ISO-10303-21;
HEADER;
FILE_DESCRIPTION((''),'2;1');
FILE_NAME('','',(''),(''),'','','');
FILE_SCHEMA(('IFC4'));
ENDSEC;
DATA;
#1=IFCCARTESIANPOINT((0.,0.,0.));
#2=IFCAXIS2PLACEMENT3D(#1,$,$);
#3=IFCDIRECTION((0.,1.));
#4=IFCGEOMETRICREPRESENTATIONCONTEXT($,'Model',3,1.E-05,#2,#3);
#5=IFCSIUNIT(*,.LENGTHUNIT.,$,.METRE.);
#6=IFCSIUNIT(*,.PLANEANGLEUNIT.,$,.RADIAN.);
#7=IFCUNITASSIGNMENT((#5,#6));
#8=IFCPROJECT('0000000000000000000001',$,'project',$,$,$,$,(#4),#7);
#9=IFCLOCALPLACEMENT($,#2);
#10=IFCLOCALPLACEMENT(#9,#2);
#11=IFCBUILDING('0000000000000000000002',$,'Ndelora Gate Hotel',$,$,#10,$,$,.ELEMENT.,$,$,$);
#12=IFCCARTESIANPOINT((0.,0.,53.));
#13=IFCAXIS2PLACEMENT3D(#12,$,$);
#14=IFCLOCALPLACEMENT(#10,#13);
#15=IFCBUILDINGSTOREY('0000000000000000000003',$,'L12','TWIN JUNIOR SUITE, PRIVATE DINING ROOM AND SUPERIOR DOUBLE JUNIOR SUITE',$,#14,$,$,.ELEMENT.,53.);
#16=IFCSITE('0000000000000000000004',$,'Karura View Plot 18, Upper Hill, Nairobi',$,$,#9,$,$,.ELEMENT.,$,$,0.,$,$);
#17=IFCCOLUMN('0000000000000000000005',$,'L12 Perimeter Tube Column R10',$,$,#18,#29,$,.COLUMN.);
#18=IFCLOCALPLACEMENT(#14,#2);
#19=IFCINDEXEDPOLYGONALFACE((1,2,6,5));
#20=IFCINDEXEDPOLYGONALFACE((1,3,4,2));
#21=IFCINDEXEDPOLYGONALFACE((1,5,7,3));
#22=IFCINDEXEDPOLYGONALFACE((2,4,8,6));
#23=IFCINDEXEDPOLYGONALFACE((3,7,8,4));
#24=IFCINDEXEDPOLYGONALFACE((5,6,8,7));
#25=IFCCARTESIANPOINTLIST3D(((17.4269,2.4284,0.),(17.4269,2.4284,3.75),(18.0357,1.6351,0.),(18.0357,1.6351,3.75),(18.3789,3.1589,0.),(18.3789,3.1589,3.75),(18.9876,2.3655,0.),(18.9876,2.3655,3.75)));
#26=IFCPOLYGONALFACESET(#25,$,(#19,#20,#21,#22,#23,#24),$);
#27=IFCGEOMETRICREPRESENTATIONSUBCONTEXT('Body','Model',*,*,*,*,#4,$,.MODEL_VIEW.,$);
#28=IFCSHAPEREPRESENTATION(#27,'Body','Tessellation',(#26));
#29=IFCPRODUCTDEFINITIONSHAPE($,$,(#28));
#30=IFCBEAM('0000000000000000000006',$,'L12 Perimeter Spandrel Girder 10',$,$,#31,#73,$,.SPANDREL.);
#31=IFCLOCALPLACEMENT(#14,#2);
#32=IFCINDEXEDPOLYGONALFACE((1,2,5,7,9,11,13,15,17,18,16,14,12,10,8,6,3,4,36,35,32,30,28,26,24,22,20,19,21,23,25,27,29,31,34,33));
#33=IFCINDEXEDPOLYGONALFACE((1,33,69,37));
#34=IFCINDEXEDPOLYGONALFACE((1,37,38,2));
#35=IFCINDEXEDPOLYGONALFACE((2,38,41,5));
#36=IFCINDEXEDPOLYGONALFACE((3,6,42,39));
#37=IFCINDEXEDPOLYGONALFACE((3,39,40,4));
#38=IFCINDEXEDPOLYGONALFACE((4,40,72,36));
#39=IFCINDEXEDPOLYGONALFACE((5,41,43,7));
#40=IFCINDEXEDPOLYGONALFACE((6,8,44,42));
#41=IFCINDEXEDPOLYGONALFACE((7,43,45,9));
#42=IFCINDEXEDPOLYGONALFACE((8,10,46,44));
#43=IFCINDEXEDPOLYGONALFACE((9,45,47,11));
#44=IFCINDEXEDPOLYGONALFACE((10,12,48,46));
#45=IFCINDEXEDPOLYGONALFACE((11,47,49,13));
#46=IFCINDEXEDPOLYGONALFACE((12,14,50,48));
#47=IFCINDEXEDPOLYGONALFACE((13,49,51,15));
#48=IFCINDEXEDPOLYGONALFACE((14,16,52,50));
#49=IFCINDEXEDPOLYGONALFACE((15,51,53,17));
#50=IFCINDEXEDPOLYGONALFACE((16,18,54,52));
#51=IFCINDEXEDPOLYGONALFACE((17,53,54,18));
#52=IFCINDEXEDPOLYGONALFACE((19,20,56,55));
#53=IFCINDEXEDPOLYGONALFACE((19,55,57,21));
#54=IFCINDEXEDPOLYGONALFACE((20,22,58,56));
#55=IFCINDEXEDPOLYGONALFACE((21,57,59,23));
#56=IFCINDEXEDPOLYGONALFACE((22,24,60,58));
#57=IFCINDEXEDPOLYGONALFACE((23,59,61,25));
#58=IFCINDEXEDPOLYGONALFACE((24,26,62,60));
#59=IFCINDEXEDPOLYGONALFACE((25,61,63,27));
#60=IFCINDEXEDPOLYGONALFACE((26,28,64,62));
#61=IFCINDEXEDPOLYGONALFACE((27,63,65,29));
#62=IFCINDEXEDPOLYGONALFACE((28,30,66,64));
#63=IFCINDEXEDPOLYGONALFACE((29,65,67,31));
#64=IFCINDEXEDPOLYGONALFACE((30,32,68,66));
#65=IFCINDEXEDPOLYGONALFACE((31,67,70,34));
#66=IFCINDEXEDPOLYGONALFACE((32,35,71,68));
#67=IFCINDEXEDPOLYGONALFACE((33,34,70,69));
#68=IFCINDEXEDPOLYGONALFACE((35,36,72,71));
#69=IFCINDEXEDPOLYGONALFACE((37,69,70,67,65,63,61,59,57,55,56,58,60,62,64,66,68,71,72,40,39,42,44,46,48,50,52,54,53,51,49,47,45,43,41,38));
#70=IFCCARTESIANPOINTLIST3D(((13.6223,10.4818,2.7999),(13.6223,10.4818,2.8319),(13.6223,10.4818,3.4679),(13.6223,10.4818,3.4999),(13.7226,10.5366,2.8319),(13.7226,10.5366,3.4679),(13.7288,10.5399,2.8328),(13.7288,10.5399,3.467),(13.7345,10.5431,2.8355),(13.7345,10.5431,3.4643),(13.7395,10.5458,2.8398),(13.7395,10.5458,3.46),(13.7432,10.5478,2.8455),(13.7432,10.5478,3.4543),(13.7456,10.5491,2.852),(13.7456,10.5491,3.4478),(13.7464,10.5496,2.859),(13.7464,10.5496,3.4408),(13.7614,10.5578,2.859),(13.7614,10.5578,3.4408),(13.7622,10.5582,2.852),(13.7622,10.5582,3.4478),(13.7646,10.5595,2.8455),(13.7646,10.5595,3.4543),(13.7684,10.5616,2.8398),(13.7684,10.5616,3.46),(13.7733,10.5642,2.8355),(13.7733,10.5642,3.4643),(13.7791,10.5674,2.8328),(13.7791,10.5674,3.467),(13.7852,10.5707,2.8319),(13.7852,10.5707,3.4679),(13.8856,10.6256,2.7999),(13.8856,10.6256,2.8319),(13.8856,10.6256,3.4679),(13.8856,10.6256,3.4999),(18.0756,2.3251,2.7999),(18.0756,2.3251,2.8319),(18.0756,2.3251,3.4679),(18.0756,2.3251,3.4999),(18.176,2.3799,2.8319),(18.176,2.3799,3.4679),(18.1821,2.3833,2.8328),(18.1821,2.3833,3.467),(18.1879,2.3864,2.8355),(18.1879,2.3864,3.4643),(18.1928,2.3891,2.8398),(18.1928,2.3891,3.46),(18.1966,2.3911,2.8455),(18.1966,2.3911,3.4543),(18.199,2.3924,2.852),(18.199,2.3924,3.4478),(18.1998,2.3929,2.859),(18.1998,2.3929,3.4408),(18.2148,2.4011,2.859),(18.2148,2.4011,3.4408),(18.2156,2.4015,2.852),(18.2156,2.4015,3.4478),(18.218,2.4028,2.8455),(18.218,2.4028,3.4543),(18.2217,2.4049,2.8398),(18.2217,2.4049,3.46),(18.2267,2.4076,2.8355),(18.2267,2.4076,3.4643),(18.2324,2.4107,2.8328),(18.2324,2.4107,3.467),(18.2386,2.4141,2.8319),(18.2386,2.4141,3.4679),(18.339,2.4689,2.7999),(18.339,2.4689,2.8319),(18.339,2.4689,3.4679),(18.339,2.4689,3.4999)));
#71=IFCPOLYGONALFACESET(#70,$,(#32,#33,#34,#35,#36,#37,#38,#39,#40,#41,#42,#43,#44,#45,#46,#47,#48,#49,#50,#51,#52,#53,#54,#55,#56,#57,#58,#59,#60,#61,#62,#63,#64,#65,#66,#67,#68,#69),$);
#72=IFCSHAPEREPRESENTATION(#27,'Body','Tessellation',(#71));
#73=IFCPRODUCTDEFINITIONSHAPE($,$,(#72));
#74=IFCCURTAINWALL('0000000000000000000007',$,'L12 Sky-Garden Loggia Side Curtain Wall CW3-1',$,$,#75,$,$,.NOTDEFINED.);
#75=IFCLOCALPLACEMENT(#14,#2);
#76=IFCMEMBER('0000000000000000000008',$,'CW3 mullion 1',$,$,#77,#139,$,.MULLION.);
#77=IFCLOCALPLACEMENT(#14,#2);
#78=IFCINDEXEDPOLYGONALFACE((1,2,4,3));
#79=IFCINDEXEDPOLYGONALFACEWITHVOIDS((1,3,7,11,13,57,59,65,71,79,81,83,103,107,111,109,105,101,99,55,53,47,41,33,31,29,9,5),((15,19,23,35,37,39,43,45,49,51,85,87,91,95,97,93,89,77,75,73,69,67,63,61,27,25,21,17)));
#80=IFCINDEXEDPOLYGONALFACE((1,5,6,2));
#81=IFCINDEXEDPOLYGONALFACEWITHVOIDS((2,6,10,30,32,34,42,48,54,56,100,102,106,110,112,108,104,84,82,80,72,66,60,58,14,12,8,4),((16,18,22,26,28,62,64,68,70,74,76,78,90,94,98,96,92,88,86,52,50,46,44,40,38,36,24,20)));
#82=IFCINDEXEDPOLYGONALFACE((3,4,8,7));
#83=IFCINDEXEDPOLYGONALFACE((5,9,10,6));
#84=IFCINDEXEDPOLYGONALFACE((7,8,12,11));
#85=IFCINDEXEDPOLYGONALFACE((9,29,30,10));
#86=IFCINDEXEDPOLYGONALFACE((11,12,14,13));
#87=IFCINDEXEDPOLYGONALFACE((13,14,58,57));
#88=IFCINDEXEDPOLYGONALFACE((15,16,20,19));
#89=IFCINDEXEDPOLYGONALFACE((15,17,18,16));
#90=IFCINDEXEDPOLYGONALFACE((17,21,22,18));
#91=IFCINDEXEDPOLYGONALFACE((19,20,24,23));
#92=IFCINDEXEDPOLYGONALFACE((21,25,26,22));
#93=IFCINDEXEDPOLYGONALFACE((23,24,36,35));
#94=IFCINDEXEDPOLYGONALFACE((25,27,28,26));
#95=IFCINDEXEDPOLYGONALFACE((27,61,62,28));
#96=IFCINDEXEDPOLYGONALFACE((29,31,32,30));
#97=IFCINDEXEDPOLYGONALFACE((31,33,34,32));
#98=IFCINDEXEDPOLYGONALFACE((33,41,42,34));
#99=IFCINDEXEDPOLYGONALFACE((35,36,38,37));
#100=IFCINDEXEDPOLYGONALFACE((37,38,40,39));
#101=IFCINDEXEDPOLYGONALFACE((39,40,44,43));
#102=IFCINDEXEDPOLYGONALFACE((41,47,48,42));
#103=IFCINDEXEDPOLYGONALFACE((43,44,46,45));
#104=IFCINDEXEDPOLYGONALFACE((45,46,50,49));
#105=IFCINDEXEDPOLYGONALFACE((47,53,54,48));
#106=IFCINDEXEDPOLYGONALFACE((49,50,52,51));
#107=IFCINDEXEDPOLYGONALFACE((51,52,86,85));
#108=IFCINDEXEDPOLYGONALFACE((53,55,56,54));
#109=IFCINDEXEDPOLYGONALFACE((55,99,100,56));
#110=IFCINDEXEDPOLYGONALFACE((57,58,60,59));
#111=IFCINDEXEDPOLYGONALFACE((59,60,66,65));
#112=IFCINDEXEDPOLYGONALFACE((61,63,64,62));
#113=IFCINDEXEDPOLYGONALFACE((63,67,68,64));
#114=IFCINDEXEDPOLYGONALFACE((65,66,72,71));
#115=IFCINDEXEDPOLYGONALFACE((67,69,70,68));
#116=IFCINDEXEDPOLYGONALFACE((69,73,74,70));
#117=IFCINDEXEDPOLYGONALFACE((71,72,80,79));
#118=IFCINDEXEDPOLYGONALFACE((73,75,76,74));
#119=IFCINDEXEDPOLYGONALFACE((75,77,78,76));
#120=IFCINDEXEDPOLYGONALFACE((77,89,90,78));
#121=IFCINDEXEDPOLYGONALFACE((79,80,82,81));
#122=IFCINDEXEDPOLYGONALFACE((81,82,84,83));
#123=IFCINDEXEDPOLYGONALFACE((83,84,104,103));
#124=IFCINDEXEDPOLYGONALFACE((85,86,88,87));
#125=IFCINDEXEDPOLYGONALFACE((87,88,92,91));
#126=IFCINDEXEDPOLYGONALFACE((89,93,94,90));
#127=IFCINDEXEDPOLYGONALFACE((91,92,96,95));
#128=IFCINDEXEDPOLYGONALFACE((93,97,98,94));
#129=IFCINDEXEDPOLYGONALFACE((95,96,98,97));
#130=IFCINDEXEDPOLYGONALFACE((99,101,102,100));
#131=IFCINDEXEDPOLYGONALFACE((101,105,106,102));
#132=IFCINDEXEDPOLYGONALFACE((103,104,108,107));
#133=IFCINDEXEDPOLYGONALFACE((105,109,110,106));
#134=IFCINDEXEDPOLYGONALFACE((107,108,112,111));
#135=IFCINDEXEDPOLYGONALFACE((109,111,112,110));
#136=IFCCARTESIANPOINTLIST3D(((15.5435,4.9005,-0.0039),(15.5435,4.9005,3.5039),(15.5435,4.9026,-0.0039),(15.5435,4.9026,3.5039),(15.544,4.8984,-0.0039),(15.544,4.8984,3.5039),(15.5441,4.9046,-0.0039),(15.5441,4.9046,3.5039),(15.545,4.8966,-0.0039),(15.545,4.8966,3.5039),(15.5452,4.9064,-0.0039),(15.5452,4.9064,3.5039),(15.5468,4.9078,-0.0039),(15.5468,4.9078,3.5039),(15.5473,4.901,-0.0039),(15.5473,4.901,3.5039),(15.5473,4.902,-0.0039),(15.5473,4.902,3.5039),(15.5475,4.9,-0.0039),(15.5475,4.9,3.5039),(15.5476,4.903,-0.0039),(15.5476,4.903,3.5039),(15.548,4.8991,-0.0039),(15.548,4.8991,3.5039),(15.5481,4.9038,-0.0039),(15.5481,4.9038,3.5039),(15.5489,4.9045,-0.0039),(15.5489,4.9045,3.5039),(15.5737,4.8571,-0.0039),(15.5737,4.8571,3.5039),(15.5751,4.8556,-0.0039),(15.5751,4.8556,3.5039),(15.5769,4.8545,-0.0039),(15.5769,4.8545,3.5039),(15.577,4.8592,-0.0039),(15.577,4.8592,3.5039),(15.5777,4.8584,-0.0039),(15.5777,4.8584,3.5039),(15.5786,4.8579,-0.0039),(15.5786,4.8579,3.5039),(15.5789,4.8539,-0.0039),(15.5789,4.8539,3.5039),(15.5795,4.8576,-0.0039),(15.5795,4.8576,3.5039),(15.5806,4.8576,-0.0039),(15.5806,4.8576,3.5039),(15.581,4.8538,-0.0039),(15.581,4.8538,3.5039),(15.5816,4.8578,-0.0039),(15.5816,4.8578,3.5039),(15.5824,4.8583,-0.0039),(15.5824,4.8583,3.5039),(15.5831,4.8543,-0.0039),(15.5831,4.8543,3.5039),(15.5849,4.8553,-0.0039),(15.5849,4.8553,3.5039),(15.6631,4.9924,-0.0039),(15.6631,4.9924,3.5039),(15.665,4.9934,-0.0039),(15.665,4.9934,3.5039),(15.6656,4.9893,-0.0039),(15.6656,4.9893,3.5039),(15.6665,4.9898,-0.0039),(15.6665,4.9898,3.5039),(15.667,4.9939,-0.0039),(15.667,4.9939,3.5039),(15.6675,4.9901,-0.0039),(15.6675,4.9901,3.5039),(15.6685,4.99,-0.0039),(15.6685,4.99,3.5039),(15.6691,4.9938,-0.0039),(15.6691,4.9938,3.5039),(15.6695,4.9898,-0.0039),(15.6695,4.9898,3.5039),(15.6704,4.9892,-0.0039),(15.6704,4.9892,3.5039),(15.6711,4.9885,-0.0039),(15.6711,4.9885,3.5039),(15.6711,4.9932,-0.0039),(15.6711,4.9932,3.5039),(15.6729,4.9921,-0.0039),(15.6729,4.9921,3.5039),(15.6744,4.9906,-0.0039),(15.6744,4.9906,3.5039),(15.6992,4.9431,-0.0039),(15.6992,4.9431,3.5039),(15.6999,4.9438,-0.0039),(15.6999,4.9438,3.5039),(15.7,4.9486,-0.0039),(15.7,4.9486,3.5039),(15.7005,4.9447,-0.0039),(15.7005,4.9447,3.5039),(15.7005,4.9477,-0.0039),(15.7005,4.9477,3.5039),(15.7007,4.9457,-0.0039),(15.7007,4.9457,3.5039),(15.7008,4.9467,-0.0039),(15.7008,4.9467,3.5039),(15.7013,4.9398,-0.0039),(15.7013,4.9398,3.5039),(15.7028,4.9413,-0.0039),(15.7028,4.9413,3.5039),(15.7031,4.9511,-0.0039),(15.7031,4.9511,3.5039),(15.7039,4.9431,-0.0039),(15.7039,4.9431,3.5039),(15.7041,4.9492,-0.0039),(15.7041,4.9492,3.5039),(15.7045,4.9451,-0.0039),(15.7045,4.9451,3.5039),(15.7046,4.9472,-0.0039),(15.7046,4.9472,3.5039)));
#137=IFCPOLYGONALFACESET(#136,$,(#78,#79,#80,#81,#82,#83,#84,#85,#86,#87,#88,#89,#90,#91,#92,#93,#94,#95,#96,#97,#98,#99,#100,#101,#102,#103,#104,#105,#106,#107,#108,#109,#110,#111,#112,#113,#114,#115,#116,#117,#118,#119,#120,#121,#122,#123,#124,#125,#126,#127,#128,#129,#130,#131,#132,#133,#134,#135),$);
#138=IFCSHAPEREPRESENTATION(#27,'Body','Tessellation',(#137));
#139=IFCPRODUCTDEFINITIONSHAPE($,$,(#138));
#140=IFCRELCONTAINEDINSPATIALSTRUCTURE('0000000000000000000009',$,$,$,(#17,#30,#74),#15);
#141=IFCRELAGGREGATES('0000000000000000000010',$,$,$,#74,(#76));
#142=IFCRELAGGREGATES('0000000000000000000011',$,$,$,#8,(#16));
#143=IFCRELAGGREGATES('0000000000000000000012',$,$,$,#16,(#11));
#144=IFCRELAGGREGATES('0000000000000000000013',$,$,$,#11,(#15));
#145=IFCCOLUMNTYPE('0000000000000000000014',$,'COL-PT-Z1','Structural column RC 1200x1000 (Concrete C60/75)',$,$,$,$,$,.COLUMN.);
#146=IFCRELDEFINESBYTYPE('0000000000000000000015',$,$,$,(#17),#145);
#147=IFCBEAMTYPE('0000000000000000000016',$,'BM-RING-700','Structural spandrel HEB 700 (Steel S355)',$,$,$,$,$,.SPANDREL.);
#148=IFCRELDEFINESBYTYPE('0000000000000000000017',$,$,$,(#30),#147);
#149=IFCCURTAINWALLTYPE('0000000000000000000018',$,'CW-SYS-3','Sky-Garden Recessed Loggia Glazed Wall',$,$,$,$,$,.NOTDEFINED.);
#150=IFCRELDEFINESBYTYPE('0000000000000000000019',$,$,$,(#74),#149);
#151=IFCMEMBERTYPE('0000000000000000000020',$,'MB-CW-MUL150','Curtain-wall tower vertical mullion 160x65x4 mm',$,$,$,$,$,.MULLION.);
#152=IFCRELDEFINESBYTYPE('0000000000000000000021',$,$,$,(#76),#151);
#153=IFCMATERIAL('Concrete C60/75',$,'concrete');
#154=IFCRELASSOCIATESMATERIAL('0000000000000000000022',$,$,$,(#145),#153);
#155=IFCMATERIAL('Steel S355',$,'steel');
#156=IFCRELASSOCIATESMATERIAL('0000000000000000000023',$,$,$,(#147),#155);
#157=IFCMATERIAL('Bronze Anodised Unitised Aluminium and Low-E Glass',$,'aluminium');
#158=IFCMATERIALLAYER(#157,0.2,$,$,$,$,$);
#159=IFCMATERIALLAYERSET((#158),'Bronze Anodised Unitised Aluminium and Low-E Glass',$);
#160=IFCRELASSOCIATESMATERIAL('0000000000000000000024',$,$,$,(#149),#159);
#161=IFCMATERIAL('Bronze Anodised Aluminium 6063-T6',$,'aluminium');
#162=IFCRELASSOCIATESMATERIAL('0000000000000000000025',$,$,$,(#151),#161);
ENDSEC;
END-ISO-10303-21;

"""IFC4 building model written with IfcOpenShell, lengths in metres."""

from ifc_helpers import new_model, si_unit, direction, frame, origin, origin_2d, place, context, subcontext, project, spatial, rectangle, hollow_rectangle, i_section, extrude, material, layer, layer_set, material_profile, profile_set, type_object, element, aggregate, save


model = new_model("IFC4")

# Units and contexts
model_context = context("Model", 3, precision=1e-05, world=origin(), true_north=direction((0.0, 1.0)))
body_context = subcontext(model_context, "Body", "Model", "MODEL_VIEW")
ifc_project = project(units=[si_unit("LENGTHUNIT", "METRE"), si_unit("PLANEANGLEUNIT", "RADIAN")], contexts=[model_context])

# Site, building, storey
site_placement = place(None, origin())
site = spatial("IfcSite", under=ifc_project, at=site_placement, Name="Karura View Plot 18, Upper Hill, Nairobi", CompositionType="ELEMENT", RefElevation=0.0)
building_placement = place(site_placement, origin())
building = spatial("IfcBuilding", under=site, at=building_placement, Name="Ndelora Gate Hotel", CompositionType="ELEMENT")
storey_placement = place(building_placement, frame((0.0, 0.0, 53.0)))
storey = spatial("IfcBuildingStorey", under=building, at=storey_placement, Name="L12", Description="TWIN JUNIOR SUITE, PRIVATE DINING ROOM AND SUPERIOR DOUBLE JUNIOR SUITE", CompositionType="ELEMENT", Elevation=53.0)

# Column
ifc_material_1 = material(Name="Concrete C60/75", Category="concrete")
ifc_material_profile_1 = material_profile(ifc_material_1, rectangle(XDim=1.0, YDim=1.2, at=origin_2d()), Name="RC 1200x1000")
ifc_profile_set_1 = profile_set([ifc_material_profile_1], Name="Concrete C60/75")
column_type = type_object("IfcColumnType", Name="COL-PT-Z1", Description="Structural column RC 1200x1000 (Concrete C60/75)", PredefinedType="COLUMN", material=ifc_profile_set_1)
column_placement = place(storey_placement, frame((18.2073, 2.397, 0.0), z_axis=(0.0, 0.0, 1.0), x_axis=(-0.608761, 0.793353, 0.0)))
element("IfcColumn", 1, at=column_placement, inside=storey, type_object=column_type, Name="L12 Perimeter Tube Column R10", PredefinedType="COLUMN", context=body_context, shape_type="SweptSolid", body=[
    extrude(rectangle(XDim=1.0, YDim=1.2, at=origin_2d()), origin(), (0.0, 0.0, 1.0), 3.75),
])

# Beam
ifc_material_2 = material(Name="Steel S355", Category="steel")
ifc_material_profile_2 = material_profile(ifc_material_2, i_section(OverallWidth=0.3, OverallDepth=0.7, WebThickness=0.0171, FlangeThickness=0.032, FilletRadius=0.0271, at=origin_2d()), Name="HEB 700")
ifc_profile_set_2 = profile_set([ifc_material_profile_2], Name="Steel S355")
beam_type = type_object("IfcBeamType", Name="BM-RING-700", Description="Structural spandrel HEB 700 (Steel S355)", PredefinedType="SPANDREL", material=ifc_profile_set_2)
beam_placement = place(storey_placement, frame((18.2073, 2.397, 3.1499), z_axis=(-0.479204, 0.877704, 0.0), x_axis=(-0.877704, -0.479204, 0.0)))
element("IfcBeam", 2, at=beam_placement, inside=storey, type_object=beam_type, Name="L12 Perimeter Spandrel Girder 10", PredefinedType="SPANDREL", context=body_context, shape_type="SweptSolid", body=[
    extrude(i_section(OverallWidth=0.3, OverallDepth=0.7, WebThickness=0.0171, FlangeThickness=0.032, FilletRadius=0.0271, at=origin_2d()), origin(), (0.0, 0.0, 1.0), 9.2932),
])

# Curtain wall, member
ifc_material_3 = material(Name="Bronze Anodised Unitised Aluminium and Low-E Glass", Category="aluminium")
ifc_layer_1 = layer(ifc_material_3, 0.2)
ifc_layer_set_1 = layer_set([ifc_layer_1], Name="Bronze Anodised Unitised Aluminium and Low-E Glass")
curtain_wall_type = type_object("IfcCurtainWallType", Name="CW-SYS-3", Description="Sky-Garden Recessed Loggia Glazed Wall", PredefinedType="NOTDEFINED", material=ifc_layer_set_1)
curtain_wall_placement = place(storey_placement, origin())
curtain_wall = element("IfcCurtainWall", 3, at=curtain_wall_placement, inside=storey, type_object=curtain_wall_type, Name="L12 Sky-Garden Loggia Side Curtain Wall CW3-1", PredefinedType="NOTDEFINED")
ifc_material_4 = material(Name="Bronze Anodised Aluminium 6063-T6", Category="aluminium")
ifc_material_profile_3 = material_profile(ifc_material_4, hollow_rectangle(XDim=0.0649, YDim=0.1599, WallThickness=0.0039, InnerFilletRadius=0.0039, OuterFilletRadius=0.0081, at=origin_2d()), Name="ALU 160x65x4")
ifc_profile_set_3 = profile_set([ifc_material_profile_3], Name="Bronze Anodised Aluminium 6063-T6")
member_type_1 = type_object("IfcMemberType", Name="MB-CW-MUL150", Description="Curtain-wall tower vertical mullion 160x65x4 mm", PredefinedType="MULLION", material=ifc_profile_set_3)
member_1_placement = place(storey_placement, frame((15.624, 4.9238, -0.0039), z_axis=(0.0, 0.0, 1.0), x_axis=(-0.587785, 0.809017, 0.0)))
member_1 = element("IfcMember", 4, at=member_1_placement, type_object=member_type_1, Name="CW3 mullion 1", PredefinedType="MULLION", context=body_context, shape_type="SweptSolid", body=[
    extrude(hollow_rectangle(XDim=0.0649, YDim=0.1599, WallThickness=0.0039, InnerFilletRadius=0.0039, OuterFilletRadius=0.0081, at=origin_2d()), origin(), (0.0, 0.0, 1.0), 3.5078),
])
aggregate(curtain_wall, [member_1])

save(model, "model.ifc")
